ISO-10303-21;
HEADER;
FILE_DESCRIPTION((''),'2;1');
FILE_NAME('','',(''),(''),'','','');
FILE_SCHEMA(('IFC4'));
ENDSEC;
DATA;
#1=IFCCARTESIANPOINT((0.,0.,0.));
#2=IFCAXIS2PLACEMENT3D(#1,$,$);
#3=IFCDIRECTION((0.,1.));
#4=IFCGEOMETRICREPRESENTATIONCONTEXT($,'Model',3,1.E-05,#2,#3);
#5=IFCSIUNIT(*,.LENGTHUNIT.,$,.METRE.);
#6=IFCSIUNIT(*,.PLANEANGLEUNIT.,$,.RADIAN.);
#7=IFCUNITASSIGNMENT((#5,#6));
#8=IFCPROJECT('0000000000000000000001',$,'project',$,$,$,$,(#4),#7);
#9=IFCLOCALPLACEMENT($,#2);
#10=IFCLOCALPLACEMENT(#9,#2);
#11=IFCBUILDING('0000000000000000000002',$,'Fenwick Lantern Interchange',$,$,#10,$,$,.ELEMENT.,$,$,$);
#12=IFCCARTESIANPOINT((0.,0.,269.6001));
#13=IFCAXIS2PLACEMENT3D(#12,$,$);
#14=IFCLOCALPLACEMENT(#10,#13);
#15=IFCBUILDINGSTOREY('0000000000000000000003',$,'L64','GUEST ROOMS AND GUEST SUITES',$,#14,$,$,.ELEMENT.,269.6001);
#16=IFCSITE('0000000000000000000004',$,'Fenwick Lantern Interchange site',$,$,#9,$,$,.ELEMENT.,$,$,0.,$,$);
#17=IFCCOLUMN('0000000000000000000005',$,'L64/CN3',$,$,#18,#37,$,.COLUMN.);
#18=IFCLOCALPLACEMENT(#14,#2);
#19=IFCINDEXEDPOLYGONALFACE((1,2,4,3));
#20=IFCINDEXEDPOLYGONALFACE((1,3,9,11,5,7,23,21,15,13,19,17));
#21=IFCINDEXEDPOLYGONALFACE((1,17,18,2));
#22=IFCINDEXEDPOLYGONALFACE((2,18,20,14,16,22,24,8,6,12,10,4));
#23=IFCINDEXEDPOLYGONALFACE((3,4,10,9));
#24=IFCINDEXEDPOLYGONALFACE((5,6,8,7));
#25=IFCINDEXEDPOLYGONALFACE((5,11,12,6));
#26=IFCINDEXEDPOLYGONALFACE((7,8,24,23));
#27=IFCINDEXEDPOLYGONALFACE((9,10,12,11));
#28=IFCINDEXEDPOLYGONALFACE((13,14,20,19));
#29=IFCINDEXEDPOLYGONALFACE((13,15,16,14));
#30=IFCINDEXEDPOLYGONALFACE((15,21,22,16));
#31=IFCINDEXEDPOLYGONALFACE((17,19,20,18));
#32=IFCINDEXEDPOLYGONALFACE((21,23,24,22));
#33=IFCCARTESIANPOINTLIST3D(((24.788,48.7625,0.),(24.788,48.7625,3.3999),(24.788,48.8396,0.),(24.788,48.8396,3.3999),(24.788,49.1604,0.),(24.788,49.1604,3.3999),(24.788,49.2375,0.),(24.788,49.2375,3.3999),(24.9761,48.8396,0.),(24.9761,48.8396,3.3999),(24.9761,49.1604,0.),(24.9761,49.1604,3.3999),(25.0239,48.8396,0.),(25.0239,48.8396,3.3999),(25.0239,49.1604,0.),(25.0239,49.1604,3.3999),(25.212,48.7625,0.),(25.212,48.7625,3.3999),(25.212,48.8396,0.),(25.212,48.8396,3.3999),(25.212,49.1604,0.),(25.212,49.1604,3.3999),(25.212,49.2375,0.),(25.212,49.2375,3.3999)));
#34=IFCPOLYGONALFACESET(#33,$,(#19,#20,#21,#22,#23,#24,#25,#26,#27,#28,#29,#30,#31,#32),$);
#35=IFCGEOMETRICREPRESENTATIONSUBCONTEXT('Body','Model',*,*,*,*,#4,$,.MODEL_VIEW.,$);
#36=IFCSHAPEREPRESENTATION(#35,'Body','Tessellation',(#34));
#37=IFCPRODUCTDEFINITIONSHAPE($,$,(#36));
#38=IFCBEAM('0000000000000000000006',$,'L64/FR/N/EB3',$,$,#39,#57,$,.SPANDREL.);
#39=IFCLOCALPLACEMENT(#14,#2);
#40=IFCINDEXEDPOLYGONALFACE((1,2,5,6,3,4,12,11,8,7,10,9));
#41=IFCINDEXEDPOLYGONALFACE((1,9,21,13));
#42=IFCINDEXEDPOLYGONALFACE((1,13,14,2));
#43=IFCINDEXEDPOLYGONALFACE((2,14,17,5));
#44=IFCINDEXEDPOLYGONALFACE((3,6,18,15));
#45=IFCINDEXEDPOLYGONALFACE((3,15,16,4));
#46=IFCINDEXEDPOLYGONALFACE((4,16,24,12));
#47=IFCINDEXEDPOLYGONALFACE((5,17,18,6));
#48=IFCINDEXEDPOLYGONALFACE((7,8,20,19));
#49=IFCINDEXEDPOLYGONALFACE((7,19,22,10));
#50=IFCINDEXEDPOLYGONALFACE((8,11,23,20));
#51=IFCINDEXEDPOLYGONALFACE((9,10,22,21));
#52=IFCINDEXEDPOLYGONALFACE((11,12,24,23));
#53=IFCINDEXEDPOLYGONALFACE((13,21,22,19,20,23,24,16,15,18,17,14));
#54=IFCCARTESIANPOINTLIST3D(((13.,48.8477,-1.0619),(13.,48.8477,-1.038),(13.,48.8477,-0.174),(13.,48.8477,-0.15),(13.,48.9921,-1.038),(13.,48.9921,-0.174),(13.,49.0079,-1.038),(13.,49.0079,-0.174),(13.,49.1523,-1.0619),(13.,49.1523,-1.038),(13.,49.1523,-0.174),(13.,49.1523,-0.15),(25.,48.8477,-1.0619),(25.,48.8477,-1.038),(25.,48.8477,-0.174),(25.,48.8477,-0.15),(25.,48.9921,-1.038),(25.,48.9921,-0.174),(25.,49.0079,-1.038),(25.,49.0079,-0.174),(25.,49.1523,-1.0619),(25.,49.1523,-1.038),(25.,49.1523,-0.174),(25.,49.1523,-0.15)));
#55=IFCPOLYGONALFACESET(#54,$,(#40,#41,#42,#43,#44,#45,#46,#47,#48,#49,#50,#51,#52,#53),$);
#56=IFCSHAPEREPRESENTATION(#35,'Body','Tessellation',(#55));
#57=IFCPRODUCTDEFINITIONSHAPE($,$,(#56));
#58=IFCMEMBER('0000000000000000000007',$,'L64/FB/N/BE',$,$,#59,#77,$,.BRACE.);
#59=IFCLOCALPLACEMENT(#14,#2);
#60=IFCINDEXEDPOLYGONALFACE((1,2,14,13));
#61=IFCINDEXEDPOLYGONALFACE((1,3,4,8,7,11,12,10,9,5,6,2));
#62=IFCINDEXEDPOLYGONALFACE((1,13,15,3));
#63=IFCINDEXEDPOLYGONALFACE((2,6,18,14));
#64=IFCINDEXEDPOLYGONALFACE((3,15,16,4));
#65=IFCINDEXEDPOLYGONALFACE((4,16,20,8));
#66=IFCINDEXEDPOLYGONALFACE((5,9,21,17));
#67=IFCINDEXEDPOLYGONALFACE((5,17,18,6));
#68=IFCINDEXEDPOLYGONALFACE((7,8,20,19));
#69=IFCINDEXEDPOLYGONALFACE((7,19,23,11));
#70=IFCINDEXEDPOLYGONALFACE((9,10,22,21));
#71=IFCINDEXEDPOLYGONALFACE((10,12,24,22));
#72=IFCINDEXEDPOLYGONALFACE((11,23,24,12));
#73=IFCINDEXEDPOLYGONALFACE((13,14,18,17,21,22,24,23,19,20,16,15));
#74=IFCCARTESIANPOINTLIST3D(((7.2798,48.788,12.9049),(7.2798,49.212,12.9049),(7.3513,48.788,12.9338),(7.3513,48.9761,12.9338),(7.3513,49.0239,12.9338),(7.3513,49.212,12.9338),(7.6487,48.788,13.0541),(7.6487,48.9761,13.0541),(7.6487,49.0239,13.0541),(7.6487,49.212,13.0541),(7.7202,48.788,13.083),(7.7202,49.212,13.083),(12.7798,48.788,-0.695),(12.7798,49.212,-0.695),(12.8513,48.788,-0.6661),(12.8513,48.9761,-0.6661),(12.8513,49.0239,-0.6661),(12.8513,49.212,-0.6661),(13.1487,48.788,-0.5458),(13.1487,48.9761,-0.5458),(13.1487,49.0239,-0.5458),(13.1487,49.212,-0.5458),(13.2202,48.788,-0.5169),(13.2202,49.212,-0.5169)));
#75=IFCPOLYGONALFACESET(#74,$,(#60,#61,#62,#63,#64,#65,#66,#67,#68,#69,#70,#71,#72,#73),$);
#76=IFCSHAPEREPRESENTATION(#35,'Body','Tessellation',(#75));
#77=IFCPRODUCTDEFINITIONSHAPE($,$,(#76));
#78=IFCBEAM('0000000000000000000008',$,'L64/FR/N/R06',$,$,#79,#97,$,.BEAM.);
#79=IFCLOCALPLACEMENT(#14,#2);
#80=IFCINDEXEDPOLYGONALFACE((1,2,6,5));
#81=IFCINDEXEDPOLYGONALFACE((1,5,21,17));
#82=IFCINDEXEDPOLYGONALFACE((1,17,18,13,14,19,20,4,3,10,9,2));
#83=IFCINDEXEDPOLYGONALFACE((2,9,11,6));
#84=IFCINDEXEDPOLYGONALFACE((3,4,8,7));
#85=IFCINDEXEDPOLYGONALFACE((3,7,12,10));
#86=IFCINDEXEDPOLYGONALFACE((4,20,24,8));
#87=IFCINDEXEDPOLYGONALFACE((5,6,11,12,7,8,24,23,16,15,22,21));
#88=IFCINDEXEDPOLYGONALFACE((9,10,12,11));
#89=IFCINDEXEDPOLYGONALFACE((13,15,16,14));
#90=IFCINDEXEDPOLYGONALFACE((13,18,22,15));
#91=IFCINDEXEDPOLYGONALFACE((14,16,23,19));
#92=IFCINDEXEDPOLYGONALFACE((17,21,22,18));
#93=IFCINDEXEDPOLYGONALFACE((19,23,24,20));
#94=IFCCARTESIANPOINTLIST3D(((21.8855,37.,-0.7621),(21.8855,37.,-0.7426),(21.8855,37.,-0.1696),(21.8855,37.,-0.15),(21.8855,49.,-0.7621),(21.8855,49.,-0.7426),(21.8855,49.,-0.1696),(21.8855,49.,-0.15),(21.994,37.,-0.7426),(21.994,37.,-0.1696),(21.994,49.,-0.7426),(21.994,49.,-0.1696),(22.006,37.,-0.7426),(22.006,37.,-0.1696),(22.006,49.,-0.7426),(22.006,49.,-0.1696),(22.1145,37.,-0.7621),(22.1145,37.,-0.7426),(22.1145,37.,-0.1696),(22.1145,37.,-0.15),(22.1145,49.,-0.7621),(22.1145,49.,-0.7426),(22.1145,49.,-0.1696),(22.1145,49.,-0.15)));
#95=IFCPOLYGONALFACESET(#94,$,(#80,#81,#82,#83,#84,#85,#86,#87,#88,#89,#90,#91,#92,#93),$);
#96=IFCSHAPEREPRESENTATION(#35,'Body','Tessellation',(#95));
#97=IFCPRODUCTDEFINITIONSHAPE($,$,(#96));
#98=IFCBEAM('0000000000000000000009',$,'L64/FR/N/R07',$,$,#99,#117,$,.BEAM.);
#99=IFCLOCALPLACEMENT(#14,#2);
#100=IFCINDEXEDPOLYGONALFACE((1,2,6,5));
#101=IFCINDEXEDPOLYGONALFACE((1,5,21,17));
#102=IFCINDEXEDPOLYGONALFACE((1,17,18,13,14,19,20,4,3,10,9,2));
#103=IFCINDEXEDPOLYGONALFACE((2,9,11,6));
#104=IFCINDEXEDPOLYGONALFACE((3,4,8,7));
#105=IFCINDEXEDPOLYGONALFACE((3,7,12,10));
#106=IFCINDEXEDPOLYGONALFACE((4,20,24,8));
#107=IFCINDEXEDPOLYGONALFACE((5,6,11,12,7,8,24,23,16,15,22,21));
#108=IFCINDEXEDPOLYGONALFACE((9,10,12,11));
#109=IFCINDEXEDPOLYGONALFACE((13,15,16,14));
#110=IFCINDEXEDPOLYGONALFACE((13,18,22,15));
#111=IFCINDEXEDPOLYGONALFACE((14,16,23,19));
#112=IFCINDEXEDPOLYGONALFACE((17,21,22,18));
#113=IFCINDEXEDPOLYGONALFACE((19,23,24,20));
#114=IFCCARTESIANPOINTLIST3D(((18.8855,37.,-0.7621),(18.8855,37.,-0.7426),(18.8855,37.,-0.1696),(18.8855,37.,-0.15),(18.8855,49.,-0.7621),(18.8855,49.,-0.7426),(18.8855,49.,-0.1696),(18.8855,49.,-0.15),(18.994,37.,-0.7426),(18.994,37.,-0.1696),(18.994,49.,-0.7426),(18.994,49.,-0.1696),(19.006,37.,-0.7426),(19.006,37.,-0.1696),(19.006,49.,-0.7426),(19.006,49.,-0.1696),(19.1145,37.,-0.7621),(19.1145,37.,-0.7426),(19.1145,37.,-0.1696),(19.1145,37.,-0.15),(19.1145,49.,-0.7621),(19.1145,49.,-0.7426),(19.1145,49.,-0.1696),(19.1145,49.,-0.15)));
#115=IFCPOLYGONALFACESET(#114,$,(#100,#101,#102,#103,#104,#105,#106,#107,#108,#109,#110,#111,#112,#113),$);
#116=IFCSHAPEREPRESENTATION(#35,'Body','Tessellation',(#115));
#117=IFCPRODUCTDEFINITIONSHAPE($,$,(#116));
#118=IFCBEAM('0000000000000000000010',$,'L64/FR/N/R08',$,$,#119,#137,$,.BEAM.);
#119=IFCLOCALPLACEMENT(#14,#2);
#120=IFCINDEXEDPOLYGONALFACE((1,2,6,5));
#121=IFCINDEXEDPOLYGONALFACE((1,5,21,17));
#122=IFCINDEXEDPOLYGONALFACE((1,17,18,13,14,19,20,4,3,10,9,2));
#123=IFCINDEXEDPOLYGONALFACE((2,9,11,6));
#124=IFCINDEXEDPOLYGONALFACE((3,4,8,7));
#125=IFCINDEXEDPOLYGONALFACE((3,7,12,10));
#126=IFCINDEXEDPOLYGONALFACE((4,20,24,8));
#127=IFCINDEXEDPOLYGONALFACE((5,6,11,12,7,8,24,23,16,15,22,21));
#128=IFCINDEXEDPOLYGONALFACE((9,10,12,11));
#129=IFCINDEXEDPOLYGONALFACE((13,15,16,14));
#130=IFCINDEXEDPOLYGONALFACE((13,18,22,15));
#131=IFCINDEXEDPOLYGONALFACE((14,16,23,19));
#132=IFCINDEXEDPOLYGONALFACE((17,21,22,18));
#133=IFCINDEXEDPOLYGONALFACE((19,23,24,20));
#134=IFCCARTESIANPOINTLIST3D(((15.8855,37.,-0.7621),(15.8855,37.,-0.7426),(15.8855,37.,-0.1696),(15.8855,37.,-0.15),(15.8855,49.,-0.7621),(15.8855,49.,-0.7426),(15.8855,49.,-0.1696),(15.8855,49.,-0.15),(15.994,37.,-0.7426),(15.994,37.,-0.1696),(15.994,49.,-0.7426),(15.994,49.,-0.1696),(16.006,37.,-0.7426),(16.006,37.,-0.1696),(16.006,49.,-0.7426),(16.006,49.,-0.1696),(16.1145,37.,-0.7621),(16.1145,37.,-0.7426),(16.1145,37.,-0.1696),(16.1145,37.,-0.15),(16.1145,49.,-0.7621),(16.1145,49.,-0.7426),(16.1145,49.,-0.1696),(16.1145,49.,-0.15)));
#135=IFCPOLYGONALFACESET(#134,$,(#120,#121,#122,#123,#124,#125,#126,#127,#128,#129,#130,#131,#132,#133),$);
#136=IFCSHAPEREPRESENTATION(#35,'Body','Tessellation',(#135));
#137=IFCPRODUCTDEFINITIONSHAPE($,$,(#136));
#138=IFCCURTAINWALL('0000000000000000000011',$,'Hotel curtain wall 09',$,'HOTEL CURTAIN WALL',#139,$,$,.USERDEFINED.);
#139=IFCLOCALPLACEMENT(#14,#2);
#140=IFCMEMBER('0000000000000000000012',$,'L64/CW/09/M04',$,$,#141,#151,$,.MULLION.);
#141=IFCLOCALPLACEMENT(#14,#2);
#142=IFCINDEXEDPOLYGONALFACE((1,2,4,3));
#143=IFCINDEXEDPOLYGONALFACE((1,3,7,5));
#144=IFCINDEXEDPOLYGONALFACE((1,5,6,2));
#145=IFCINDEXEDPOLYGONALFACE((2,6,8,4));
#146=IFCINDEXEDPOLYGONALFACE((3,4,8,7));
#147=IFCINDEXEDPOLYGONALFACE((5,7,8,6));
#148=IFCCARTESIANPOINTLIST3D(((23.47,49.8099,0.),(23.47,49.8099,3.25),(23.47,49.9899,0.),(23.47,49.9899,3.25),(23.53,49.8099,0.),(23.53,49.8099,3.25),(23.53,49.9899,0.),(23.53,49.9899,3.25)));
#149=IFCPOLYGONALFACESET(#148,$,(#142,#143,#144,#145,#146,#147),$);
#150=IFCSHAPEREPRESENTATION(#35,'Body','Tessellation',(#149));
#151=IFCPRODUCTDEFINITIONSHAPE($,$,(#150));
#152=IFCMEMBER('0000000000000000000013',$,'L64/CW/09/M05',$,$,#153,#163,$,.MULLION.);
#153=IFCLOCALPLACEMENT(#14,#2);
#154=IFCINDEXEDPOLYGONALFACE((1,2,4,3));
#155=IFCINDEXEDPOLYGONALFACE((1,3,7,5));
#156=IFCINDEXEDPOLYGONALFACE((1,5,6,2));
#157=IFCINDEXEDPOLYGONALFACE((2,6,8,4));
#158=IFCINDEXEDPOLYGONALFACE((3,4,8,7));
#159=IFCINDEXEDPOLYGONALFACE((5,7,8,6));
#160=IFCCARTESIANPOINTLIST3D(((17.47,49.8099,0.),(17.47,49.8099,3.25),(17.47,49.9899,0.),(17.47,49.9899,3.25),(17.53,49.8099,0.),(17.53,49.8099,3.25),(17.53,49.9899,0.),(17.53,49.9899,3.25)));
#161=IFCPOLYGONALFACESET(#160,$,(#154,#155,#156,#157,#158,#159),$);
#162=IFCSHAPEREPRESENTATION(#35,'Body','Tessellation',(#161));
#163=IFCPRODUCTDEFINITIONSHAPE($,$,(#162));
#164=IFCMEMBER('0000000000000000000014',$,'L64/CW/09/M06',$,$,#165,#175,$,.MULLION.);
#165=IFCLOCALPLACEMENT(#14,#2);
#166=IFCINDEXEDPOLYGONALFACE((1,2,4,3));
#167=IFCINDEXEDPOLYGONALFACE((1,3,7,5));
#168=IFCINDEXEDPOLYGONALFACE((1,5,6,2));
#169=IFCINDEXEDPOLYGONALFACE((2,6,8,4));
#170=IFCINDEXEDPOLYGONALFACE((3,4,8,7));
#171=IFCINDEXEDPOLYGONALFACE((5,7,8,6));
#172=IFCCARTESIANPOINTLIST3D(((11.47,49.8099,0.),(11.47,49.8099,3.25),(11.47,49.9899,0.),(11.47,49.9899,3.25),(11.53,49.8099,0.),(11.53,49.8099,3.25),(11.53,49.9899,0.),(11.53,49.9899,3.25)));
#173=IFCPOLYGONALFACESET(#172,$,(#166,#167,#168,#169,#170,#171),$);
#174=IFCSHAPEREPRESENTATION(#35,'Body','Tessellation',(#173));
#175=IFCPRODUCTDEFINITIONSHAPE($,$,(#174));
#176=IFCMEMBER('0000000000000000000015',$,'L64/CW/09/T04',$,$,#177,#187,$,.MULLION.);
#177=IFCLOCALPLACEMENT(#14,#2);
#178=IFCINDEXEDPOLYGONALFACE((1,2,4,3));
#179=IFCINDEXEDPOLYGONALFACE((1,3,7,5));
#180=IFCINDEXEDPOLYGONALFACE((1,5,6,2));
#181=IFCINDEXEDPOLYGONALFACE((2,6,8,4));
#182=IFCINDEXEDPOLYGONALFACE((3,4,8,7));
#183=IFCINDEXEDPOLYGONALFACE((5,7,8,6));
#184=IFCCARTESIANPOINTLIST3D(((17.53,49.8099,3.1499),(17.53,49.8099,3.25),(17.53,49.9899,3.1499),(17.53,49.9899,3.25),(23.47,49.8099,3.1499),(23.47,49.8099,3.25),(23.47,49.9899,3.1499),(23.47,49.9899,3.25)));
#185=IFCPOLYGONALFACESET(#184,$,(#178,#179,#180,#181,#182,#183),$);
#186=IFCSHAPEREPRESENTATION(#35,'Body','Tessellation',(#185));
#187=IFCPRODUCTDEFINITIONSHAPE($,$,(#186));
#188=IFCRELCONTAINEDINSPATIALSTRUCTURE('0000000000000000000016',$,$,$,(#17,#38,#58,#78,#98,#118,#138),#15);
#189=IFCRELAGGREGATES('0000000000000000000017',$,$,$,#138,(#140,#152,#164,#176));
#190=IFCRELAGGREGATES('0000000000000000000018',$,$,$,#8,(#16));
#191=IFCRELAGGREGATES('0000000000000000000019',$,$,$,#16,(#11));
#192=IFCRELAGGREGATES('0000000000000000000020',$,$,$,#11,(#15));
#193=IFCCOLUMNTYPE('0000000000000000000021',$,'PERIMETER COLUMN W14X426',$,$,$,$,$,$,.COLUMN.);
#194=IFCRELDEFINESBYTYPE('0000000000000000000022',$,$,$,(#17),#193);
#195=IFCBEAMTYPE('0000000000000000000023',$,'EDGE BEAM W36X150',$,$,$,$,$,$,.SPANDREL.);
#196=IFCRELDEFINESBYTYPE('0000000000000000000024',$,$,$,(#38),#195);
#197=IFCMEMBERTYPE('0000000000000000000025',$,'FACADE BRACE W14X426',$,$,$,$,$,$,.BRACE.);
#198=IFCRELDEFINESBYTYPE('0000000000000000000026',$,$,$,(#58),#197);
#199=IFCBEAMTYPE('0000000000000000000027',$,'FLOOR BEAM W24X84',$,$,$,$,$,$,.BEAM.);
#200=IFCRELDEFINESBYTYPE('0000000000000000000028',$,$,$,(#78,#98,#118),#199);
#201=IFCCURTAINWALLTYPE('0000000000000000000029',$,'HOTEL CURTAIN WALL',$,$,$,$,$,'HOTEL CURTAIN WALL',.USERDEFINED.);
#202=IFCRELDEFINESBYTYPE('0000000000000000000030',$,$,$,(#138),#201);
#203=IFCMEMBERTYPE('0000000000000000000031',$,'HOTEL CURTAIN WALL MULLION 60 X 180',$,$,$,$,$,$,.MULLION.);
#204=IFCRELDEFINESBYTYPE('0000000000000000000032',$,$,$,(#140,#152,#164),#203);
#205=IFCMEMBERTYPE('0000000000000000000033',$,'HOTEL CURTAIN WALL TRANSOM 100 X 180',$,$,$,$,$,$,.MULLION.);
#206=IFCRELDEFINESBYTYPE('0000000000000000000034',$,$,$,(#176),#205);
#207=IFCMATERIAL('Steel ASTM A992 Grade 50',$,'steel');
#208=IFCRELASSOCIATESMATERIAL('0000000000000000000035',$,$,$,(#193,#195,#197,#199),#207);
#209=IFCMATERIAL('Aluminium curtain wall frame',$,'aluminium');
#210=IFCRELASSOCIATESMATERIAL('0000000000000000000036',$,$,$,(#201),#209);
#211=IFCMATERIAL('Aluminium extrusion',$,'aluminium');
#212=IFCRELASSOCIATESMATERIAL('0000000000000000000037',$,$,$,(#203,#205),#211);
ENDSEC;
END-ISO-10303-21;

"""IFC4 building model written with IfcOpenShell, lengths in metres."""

from ifc_helpers import new_model, si_unit, direction, frame, origin, origin_2d, place, context, subcontext, project, spatial, rectangle, i_section, extrude, material, material_profile, profile_set, type_object, element, aggregate, save


model = new_model("IFC4")

# Units and contexts
model_context = context("Model", 3, precision=1e-05, world=origin(), true_north=direction((0.0, 1.0)))
body_context = subcontext(model_context, "Body", "Model", "MODEL_VIEW")
ifc_project = project(units=[si_unit("LENGTHUNIT", "METRE"), si_unit("PLANEANGLEUNIT", "RADIAN")], contexts=[model_context])

# Site, building, storey
site_placement = place(None, origin())
site = spatial("IfcSite", under=ifc_project, at=site_placement, Name="Fenwick Lantern Interchange site", CompositionType="ELEMENT", RefElevation=0.0)
building_placement = place(site_placement, origin())
building = spatial("IfcBuilding", under=site, at=building_placement, Name="Fenwick Lantern Interchange", CompositionType="ELEMENT")
storey_placement = place(building_placement, frame((0.0, 0.0, 269.6001)))
storey = spatial("IfcBuildingStorey", under=building, at=storey_placement, Name="L64", Description="GUEST ROOMS AND GUEST SUITES", CompositionType="ELEMENT", Elevation=269.6001)

# Column
ifc_material_1 = material(Name="Steel ASTM A992 Grade 50", Category="steel")
ifc_material_profile_1 = material_profile(ifc_material_1, i_section(OverallWidth=0.4241, OverallDepth=0.4751, WebThickness=0.0479, FlangeThickness=0.0771, at=origin_2d()), Name="W14X426")
ifc_profile_set_1 = profile_set([ifc_material_profile_1], Name="Steel ASTM A992 Grade 50")
column_type = type_object("IfcColumnType", Name="PERIMETER COLUMN W14X426", PredefinedType="COLUMN", material=ifc_profile_set_1)
column_placement = place(storey_placement, frame((25.0, 49.0, 0.0), z_axis=(0.0, 0.0, 1.0), x_axis=(1.0, 0.0, 0.0)))
element("IfcColumn", 1, at=column_placement, inside=storey, type_object=column_type, Name="L64/CN3", PredefinedType="COLUMN", context=body_context, shape_type="SweptSolid", body=[
    extrude(i_section(OverallWidth=0.4241, OverallDepth=0.4751, WebThickness=0.0479, FlangeThickness=0.0771, at=origin_2d()), origin(), (0.0, 0.0, 1.0), 3.3999),
])

# Beam
ifc_material_profile_2 = material_profile(ifc_material_1, i_section(OverallWidth=0.3047, OverallDepth=0.9119, WebThickness=0.0159, FlangeThickness=0.0239, at=origin_2d()), Name="W36X150")
ifc_profile_set_2 = profile_set([ifc_material_profile_2], Name="Steel ASTM A992 Grade 50")
beam_type_1 = type_object("IfcBeamType", Name="EDGE BEAM W36X150", PredefinedType="SPANDREL", material=ifc_profile_set_2)
beam_1_placement = place(storey_placement, frame((25.0, 49.0, -0.606), z_axis=(-1.0, 0.0, 0.0), x_axis=(0.0, -1.0, 0.0)))
element("IfcBeam", 2, at=beam_1_placement, inside=storey, type_object=beam_type_1, Name="L64/FR/N/EB3", PredefinedType="SPANDREL", context=body_context, shape_type="SweptSolid", body=[
    extrude(i_section(OverallWidth=0.3047, OverallDepth=0.9119, WebThickness=0.0159, FlangeThickness=0.0239, at=origin_2d()), origin(), (0.0, 0.0, 1.0), 12.0),
])

# Member
ifc_material_profile_3 = material_profile(ifc_material_1, i_section(OverallWidth=0.4241, OverallDepth=0.4751, WebThickness=0.0479, FlangeThickness=0.0771, at=origin_2d()), Name="W14X426")
ifc_profile_set_3 = profile_set([ifc_material_profile_3], Name="Steel ASTM A992 Grade 50")
member_type_1 = type_object("IfcMemberType", Name="FACADE BRACE W14X426", PredefinedType="BRACE", material=ifc_profile_set_3)
member_1_placement = place(storey_placement, frame((13.0, 49.0, -0.606), z_axis=(-0.374917, 0.0, 0.927058), x_axis=(0.0, -1.0, 0.0)))
element("IfcMember", 3, at=member_1_placement, inside=storey, type_object=member_type_1, Name="L64/FB/N/BE", PredefinedType="BRACE", context=body_context, shape_type="SweptSolid", body=[
    extrude(i_section(OverallWidth=0.4241, OverallDepth=0.4751, WebThickness=0.0479, FlangeThickness=0.0771, at=origin_2d()), origin(), (0.0, 0.0, 1.0), 14.6699),
])

# Beams
ifc_material_profile_4 = material_profile(ifc_material_1, i_section(OverallWidth=0.229, OverallDepth=0.6121, WebThickness=0.012, FlangeThickness=0.0195, at=origin_2d()), Name="W24X84")
ifc_profile_set_4 = profile_set([ifc_material_profile_4], Name="Steel ASTM A992 Grade 50")
beam_type_2 = type_object("IfcBeamType", Name="FLOOR BEAM W24X84", PredefinedType="BEAM", material=ifc_profile_set_4)
for number, where, z_axis, x_axis, name in (
    (4, (22.0, 49.0, -0.4561), (0.0, -1.0, 0.0), (1.0, 0.0, 0.0), "L64/FR/N/R06"),
    (5, (19.0, 49.0, -0.4561), (0.0, -1.0, 0.0), (1.0, 0.0, 0.0), "L64/FR/N/R07"),
    (6, (16.0, 49.0, -0.4561), (0.0, -1.0, 0.0), (1.0, 0.0, 0.0), "L64/FR/N/R08"),
):
    element("IfcBeam", number, at=place(storey_placement, frame(where, z_axis=z_axis, x_axis=x_axis)), inside=storey, type_object=beam_type_2, Name=name, PredefinedType="BEAM", context=body_context, shape_type="SweptSolid", body=[
        extrude(i_section(OverallWidth=0.229, OverallDepth=0.6121, WebThickness=0.012, FlangeThickness=0.0195, at=origin_2d()), origin(), (0.0, 0.0, 1.0), 12.0),
    ])

# Curtain wall, members
ifc_material_2 = material(Name="Aluminium curtain wall frame", Category="aluminium")
curtain_wall_type = type_object("IfcCurtainWallType", Name="HOTEL CURTAIN WALL", ElementType="HOTEL CURTAIN WALL", PredefinedType="USERDEFINED", material=ifc_material_2)
curtain_wall_placement = place(storey_placement, origin())
curtain_wall = element("IfcCurtainWall", 7, at=curtain_wall_placement, inside=storey, type_object=curtain_wall_type, Name="Hotel curtain wall 09", ObjectType="HOTEL CURTAIN WALL", PredefinedType="USERDEFINED")
ifc_material_3 = material(Name="Aluminium extrusion", Category="aluminium")
ifc_material_profile_5 = material_profile(ifc_material_3, rectangle(XDim=0.1799, YDim=0.0601, at=origin_2d()), Name="HOTEL CURTAIN WALL MULLION 60 X 180")
ifc_profile_set_5 = profile_set([ifc_material_profile_5], Name="Aluminium extrusion")
member_type_2 = type_object("IfcMemberType", Name="HOTEL CURTAIN WALL MULLION 60 X 180", PredefinedType="MULLION", material=ifc_profile_set_5)
member_2_placement = place(storey_placement, frame((23.5, 49.8999, 0.0), z_axis=(0.0, 0.0, 1.0), x_axis=(0.0, -1.0, 0.0)))
member_2 = element("IfcMember", 8, at=member_2_placement, type_object=member_type_2, Name="L64/CW/09/M04", PredefinedType="MULLION", context=body_context, shape_type="SweptSolid", body=[
    extrude(rectangle(XDim=0.1799, YDim=0.0601, at=origin_2d()), origin(), (0.0, 0.0, 1.0), 3.25),
])
member_3_placement = place(storey_placement, frame((17.5, 49.8999, 0.0), z_axis=(0.0, 0.0, 1.0), x_axis=(0.0, -1.0, 0.0)))
member_3 = element("IfcMember", 9, at=member_3_placement, type_object=member_type_2, Name="L64/CW/09/M05", PredefinedType="MULLION", context=body_context, shape_type="SweptSolid", body=[
    extrude(rectangle(XDim=0.1799, YDim=0.0601, at=origin_2d()), origin(), (0.0, 0.0, 1.0), 3.25),
])
member_4_placement = place(storey_placement, frame((11.5, 49.8999, 0.0), z_axis=(0.0, 0.0, 1.0), x_axis=(0.0, -1.0, 0.0)))
member_4 = element("IfcMember", 10, at=member_4_placement, type_object=member_type_2, Name="L64/CW/09/M06", PredefinedType="MULLION", context=body_context, shape_type="SweptSolid", body=[
    extrude(rectangle(XDim=0.1799, YDim=0.0601, at=origin_2d()), origin(), (0.0, 0.0, 1.0), 3.25),
])
ifc_material_profile_6 = material_profile(ifc_material_3, rectangle(XDim=0.1799, YDim=0.1001, at=origin_2d()), Name="HOTEL CURTAIN WALL TRANSOM 100 X 180")
ifc_profile_set_6 = profile_set([ifc_material_profile_6], Name="Aluminium extrusion")
member_type_3 = type_object("IfcMemberType", Name="HOTEL CURTAIN WALL TRANSOM 100 X 180", PredefinedType="MULLION", material=ifc_profile_set_6)
member_5_placement = place(storey_placement, frame((23.47, 49.8999, 3.2), z_axis=(-1.0, 0.0, 0.0), x_axis=(0.0, -1.0, 0.0)))
member_5 = element("IfcMember", 11, at=member_5_placement, type_object=member_type_3, Name="L64/CW/09/T04", PredefinedType="MULLION", context=body_context, shape_type="SweptSolid", body=[
    extrude(rectangle(XDim=0.1799, YDim=0.1001, at=origin_2d()), origin(), (0.0, 0.0, 1.0), 5.9399),
])

aggregate(curtain_wall, [member_2, member_3, member_4, member_5])

save(model, "model.ifc")
